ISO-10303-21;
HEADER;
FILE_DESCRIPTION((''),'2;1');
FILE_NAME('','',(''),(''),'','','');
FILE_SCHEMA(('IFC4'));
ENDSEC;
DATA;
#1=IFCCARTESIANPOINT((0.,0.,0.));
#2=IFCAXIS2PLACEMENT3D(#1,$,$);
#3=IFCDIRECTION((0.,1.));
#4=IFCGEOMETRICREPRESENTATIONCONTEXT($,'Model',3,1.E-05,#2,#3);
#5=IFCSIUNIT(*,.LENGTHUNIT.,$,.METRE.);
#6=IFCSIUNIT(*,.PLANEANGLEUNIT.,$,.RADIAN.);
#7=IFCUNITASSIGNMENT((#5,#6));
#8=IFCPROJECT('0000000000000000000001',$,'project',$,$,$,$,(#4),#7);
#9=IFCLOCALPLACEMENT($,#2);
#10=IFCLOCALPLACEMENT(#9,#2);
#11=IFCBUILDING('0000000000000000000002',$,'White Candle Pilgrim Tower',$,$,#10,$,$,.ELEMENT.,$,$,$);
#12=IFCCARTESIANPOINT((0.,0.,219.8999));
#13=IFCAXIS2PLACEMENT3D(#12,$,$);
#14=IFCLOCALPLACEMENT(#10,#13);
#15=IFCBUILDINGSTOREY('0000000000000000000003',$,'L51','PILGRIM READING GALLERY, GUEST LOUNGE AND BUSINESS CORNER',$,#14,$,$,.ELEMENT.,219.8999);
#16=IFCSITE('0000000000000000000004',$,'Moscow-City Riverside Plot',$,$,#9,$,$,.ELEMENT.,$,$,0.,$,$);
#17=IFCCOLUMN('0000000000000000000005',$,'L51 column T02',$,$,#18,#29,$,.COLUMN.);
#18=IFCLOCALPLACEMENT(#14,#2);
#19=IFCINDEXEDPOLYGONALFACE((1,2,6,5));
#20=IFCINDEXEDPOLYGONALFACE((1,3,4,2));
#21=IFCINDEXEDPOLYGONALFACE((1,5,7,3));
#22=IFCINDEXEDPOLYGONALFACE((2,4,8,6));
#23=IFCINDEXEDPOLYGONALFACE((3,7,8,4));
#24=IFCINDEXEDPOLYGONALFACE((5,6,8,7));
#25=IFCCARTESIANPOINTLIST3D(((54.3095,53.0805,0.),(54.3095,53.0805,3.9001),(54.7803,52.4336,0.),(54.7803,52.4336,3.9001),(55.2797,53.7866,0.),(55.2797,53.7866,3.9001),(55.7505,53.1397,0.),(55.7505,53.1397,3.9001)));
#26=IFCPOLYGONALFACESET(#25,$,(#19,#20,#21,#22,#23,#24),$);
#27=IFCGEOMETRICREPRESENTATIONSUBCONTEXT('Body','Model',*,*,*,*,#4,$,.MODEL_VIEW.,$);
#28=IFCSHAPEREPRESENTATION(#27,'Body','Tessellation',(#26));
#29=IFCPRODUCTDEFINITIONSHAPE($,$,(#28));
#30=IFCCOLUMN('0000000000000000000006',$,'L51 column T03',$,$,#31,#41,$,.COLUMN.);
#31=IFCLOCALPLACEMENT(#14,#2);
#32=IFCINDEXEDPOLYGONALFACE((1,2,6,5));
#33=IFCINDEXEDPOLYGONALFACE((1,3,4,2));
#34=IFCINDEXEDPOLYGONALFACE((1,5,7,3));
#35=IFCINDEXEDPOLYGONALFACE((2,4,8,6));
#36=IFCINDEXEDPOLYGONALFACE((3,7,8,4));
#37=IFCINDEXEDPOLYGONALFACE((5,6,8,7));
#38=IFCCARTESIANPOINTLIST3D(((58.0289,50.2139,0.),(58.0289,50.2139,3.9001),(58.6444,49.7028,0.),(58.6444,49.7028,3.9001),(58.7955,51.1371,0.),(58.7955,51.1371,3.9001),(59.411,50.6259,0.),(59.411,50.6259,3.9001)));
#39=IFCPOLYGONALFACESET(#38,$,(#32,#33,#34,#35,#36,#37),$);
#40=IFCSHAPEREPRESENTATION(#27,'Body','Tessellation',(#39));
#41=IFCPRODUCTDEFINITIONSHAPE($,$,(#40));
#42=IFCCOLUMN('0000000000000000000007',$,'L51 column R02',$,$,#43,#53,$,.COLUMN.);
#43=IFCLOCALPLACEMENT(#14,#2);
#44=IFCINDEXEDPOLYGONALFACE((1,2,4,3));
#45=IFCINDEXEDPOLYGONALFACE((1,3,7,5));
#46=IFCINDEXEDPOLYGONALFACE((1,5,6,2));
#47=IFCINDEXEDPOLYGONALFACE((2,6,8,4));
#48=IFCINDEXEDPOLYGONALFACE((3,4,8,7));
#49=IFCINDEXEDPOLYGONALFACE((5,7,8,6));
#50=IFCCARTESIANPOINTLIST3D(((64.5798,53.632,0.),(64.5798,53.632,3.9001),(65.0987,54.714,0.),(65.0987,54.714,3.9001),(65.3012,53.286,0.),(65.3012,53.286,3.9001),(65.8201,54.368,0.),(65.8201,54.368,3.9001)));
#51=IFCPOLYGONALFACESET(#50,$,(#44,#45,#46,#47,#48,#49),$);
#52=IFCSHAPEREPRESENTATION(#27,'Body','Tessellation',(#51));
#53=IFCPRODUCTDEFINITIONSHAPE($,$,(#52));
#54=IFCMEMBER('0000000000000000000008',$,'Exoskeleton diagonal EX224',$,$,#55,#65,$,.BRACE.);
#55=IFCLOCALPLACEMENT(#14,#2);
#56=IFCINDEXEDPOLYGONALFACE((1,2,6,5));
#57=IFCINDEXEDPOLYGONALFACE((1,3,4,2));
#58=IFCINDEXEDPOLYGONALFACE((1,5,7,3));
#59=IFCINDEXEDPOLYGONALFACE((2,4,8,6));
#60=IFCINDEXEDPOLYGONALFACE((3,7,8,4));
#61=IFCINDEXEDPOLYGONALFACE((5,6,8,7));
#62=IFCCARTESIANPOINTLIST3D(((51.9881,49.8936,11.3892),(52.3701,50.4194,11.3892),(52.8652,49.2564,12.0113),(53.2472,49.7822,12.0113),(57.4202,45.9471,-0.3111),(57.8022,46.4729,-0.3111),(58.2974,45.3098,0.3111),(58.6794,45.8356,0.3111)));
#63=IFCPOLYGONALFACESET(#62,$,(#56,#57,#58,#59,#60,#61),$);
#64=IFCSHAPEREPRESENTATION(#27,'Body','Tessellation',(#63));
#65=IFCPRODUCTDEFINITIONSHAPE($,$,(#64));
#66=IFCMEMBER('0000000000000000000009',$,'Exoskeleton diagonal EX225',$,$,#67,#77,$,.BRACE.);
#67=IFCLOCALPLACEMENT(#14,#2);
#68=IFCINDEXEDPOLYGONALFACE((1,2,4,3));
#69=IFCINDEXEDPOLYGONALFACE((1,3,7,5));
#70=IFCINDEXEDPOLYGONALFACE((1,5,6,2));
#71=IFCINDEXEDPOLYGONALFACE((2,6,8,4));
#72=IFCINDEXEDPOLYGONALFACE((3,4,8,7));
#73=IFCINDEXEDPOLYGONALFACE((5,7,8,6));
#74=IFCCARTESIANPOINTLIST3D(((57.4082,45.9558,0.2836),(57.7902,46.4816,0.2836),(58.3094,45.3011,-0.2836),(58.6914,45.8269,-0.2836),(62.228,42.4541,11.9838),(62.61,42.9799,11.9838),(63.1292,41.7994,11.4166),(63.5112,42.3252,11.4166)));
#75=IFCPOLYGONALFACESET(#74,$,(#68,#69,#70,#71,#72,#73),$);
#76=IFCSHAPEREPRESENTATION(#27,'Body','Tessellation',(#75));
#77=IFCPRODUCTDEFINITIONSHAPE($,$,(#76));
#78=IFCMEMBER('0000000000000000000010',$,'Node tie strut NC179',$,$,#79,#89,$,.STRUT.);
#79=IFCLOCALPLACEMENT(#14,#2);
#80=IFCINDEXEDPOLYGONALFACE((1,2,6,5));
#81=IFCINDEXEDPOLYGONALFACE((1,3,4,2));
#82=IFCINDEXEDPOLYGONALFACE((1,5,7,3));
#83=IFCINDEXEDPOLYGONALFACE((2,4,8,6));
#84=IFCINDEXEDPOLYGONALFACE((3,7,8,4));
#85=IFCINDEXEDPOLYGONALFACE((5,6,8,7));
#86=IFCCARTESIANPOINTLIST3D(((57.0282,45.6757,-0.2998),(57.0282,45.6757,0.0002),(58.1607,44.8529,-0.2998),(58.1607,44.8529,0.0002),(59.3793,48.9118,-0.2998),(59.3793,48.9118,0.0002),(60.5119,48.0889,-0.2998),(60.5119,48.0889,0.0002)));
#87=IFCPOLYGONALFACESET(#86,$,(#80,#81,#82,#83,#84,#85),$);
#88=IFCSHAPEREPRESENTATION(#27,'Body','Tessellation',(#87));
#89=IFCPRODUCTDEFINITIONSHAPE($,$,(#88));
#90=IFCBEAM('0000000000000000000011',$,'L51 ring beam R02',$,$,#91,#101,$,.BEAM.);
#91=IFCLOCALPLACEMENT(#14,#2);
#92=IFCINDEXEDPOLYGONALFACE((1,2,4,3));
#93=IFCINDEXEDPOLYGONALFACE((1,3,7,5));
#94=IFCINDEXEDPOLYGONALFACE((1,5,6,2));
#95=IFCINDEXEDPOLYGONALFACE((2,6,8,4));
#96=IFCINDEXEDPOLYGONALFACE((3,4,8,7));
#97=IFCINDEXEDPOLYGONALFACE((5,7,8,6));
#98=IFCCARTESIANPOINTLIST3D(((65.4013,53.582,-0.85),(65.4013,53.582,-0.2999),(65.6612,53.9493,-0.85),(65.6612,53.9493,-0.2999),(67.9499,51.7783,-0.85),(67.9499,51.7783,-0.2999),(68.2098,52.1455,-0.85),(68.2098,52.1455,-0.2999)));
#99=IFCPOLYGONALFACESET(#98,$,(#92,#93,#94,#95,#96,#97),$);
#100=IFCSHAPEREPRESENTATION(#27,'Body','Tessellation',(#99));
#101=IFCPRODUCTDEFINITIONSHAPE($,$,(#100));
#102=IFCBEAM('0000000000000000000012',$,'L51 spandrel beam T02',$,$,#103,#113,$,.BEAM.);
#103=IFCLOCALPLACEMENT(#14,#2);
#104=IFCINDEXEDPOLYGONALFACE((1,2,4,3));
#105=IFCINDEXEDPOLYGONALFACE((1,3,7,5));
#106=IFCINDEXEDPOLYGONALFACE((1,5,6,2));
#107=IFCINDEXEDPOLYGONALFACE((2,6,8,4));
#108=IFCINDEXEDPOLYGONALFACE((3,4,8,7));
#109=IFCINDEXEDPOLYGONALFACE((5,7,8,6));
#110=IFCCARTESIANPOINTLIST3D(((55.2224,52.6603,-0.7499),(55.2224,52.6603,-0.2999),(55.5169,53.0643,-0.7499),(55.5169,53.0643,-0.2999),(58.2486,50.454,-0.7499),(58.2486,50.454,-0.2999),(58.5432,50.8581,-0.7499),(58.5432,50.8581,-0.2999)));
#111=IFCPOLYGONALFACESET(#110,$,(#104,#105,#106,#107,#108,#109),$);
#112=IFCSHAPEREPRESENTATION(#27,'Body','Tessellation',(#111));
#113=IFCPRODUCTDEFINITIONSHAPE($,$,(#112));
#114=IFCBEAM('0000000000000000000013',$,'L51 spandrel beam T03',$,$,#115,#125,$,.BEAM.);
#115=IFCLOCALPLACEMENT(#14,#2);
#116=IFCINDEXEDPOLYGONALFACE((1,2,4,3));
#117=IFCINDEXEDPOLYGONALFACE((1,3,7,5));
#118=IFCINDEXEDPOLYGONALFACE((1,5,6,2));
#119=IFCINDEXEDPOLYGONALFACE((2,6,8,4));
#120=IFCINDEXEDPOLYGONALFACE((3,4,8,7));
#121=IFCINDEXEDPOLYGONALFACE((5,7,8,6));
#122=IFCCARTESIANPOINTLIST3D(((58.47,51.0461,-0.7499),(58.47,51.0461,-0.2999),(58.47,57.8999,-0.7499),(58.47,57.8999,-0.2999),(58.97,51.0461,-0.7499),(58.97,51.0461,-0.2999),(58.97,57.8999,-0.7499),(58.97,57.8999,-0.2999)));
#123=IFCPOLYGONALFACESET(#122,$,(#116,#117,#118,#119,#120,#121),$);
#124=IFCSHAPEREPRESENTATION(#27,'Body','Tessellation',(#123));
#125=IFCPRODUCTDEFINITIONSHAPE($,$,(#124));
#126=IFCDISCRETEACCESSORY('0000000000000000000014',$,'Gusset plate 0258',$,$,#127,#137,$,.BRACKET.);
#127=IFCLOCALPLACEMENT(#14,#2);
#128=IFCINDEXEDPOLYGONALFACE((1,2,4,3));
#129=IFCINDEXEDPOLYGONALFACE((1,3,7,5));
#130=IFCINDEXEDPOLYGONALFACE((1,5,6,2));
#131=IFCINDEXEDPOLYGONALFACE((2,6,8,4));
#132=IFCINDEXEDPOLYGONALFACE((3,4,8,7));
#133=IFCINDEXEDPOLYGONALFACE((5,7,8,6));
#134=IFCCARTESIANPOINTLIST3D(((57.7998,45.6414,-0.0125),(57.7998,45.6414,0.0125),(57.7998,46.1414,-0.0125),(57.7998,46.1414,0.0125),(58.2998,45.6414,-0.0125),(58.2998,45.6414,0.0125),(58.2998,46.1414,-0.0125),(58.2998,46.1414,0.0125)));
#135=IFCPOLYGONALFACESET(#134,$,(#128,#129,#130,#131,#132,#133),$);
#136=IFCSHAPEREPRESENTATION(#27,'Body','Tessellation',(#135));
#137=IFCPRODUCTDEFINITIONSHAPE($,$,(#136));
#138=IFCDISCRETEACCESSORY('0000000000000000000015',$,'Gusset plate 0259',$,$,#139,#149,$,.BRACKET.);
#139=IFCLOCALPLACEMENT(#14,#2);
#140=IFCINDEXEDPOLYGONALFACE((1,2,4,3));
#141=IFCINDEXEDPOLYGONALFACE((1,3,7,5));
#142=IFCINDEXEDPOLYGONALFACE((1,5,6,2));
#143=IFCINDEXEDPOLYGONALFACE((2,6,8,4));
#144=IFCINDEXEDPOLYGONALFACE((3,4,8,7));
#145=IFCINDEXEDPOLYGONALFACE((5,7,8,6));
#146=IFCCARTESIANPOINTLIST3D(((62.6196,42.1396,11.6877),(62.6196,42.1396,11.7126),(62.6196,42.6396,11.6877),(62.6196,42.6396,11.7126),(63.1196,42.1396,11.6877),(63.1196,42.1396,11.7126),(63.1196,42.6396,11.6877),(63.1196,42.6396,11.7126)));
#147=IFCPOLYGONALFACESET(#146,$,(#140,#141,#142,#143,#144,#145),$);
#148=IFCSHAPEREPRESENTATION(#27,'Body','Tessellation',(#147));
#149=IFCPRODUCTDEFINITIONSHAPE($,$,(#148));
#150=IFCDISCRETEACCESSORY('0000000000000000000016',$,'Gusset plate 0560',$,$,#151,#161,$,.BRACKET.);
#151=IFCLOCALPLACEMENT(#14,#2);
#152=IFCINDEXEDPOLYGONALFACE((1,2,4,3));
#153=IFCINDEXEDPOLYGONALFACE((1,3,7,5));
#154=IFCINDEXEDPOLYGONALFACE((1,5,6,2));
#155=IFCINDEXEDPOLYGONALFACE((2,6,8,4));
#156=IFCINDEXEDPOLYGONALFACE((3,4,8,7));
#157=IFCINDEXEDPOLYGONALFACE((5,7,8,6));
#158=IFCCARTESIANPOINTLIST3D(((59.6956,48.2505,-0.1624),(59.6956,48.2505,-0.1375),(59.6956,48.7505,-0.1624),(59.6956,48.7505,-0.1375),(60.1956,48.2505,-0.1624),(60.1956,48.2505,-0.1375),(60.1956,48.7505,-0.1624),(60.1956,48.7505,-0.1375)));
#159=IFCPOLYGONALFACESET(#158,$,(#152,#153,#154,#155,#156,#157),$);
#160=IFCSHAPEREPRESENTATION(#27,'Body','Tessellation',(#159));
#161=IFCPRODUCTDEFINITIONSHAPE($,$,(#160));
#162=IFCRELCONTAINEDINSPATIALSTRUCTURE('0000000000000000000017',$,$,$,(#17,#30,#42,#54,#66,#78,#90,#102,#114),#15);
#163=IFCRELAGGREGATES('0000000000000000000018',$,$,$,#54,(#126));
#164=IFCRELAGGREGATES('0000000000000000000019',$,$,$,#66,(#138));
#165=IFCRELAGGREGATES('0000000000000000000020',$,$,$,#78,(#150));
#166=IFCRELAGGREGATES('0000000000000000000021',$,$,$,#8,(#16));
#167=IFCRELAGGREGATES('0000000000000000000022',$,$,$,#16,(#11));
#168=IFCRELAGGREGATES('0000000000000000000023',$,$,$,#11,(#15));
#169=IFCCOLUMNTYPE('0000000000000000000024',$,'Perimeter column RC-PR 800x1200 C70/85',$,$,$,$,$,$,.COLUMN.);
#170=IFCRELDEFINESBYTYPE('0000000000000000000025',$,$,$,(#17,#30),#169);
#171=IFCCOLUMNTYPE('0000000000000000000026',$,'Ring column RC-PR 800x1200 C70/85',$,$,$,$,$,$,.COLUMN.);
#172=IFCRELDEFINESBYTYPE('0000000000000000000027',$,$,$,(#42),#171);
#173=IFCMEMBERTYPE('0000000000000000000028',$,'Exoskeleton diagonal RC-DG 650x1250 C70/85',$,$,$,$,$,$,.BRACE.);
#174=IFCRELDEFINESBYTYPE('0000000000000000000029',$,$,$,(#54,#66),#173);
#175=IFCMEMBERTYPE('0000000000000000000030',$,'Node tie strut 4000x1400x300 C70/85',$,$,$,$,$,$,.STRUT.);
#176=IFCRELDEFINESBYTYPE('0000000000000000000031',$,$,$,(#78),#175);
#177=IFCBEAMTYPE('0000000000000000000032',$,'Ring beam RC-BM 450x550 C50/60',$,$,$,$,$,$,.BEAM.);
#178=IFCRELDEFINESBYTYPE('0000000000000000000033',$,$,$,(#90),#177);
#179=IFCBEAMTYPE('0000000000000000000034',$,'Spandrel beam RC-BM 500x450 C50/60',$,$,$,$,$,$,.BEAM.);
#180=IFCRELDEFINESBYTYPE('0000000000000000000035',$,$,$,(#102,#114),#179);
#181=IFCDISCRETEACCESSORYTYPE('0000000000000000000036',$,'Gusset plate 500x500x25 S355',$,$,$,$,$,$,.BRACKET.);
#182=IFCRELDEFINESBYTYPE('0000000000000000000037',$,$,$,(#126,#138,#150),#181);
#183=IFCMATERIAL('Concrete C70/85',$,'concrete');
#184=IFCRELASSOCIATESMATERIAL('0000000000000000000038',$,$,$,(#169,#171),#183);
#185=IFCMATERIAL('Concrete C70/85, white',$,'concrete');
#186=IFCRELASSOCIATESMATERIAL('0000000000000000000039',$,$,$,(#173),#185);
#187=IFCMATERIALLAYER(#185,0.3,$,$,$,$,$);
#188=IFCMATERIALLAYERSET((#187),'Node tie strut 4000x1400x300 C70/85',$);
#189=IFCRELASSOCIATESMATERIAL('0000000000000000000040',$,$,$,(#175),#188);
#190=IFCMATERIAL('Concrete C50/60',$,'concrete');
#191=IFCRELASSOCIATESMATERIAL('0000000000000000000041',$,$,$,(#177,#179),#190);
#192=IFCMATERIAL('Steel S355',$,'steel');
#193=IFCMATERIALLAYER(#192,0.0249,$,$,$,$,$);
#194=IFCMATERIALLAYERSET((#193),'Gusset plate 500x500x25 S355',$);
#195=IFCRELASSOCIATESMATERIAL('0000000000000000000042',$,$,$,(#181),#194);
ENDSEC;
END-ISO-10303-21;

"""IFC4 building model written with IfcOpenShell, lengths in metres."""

from ifc_helpers import new_model, si_unit, direction, frame, origin, origin_2d, place, context, subcontext, project, spatial, rectangle, extrude, material, layer, layer_set, material_profile, profile_set, type_object, element, aggregate, save


model = new_model("IFC4")

# Units and contexts
model_context = context("Model", 3, precision=1e-05, world=origin(), true_north=direction((0.0, 1.0)))
body_context = subcontext(model_context, "Body", "Model", "MODEL_VIEW")
ifc_project = project(units=[si_unit("LENGTHUNIT", "METRE"), si_unit("PLANEANGLEUNIT", "RADIAN")], contexts=[model_context])

# Site, building, storey
site_placement = place(None, origin())
site = spatial("IfcSite", under=ifc_project, at=site_placement, Name="Moscow-City Riverside Plot", CompositionType="ELEMENT", RefElevation=0.0)
building_placement = place(site_placement, origin())
building = spatial("IfcBuilding", under=site, at=building_placement, Name="White Candle Pilgrim Tower", CompositionType="ELEMENT")
storey_placement = place(building_placement, frame((0.0, 0.0, 219.8999)))
storey = spatial("IfcBuildingStorey", under=building, at=storey_placement, Name="L51", Description="PILGRIM READING GALLERY, GUEST LOUNGE AND BUSINESS CORNER", CompositionType="ELEMENT", Elevation=219.8999)

# Columns
ifc_material_1 = material(Name="Concrete C70/85", Category="concrete")
ifc_material_profile_1 = material_profile(ifc_material_1, rectangle(XDim=0.8, YDim=1.2, at=origin_2d()), Name="RC-PR 800x1200")
ifc_profile_set_1 = profile_set([ifc_material_profile_1], Name="Concrete C70/85")
column_type_1 = type_object("IfcColumnType", Name="Perimeter column RC-PR 800x1200 C70/85", PredefinedType="COLUMN", material=ifc_profile_set_1)
for number, where, z_axis, x_axis, name in (
    (1, (55.03, 53.1101, 0.0), (0.0, 0.0, 1.0), (-0.588463, 0.808524, 0.0), "L51 column T02"),
    (2, (58.72, 50.4199, 0.0), (0.0, 0.0, 1.0), (-0.76931, 0.638875, 0.0), "L51 column T03"),
):
    element("IfcColumn", number, at=place(storey_placement, frame(where, z_axis=z_axis, x_axis=x_axis)), inside=storey, type_object=column_type_1, Name=name, PredefinedType="COLUMN", context=body_context, shape_type="SweptSolid", body=[
        extrude(rectangle(XDim=0.8, YDim=1.2, at=origin_2d()), origin(), (0.0, 0.0, 1.0), 3.9001),
    ])
ifc_material_profile_2 = material_profile(ifc_material_1, rectangle(XDim=0.8, YDim=1.2, at=origin_2d()), Name="RC-PR 800x1200")
ifc_profile_set_2 = profile_set([ifc_material_profile_2], Name="Concrete C70/85")
column_type_2 = type_object("IfcColumnType", Name="Ring column RC-PR 800x1200 C70/85", PredefinedType="COLUMN", material=ifc_profile_set_2)
column_placement = place(storey_placement, frame((65.2, 54.0, 0.0), z_axis=(0.0, 0.0, 1.0), x_axis=(-0.901689, 0.432385, 0.0)))
element("IfcColumn", 3, at=column_placement, inside=storey, type_object=column_type_2, Name="L51 column R02", PredefinedType="COLUMN", context=body_context, shape_type="SweptSolid", body=[
    extrude(rectangle(XDim=0.8, YDim=1.2, at=origin_2d()), origin(), (0.0, 0.0, 1.0), 3.9001),
])

# Members
ifc_material_2 = material(Name="Concrete C70/85, white", Category="concrete")
ifc_material_profile_3 = material_profile(ifc_material_2, rectangle(XDim=0.6499, YDim=1.25, at=origin_2d()), Name="RC-DG 650x1250")
ifc_profile_set_3 = profile_set([ifc_material_profile_3], Name="Concrete C70/85, white")
member_type_1 = type_object("IfcMemberType", Name="Exoskeleton diagonal RC-DG 650x1250 C70/85", PredefinedType="BRACE", material=ifc_profile_set_3)
member_1_placement = place(storey_placement, frame((58.0498, 45.8914, 0.0), z_axis=(-0.402681, 0.292554, 0.867329), x_axis=(-0.587772, -0.809027, 0.0)))
member_1 = element("IfcMember", 4, at=member_1_placement, inside=storey, type_object=member_type_1, Name="Exoskeleton diagonal EX224", PredefinedType="BRACE", context=body_context, shape_type="SweptSolid", body=[
    extrude(rectangle(XDim=0.6499, YDim=1.25, at=origin_2d()), origin(), (0.0, 0.0, 1.0), 13.49),
])
member_2_placement = place(storey_placement, frame((58.0498, 45.8914, 0.0), z_axis=(0.367095, -0.266703, 0.891129), x_axis=(0.587774, 0.809025, 0.0)))
member_2 = element("IfcMember", 5, at=member_2_placement, inside=storey, type_object=member_type_1, Name="Exoskeleton diagonal EX225", PredefinedType="BRACE", context=body_context, shape_type="SweptSolid", body=[
    extrude(rectangle(XDim=0.6499, YDim=1.25, at=origin_2d()), origin(), (0.0, 0.0, 1.0), 13.1296),
])
ifc_layer_1 = layer(ifc_material_2, 0.3)
ifc_layer_set_1 = layer_set([ifc_layer_1], Name="Node tie strut 4000x1400x300 C70/85")
member_type_2 = type_object("IfcMemberType", Name="Node tie strut 4000x1400x300 C70/85", PredefinedType="STRUT", material=ifc_layer_set_1)
member_3_placement = place(storey_placement, frame((58.77, 46.8823, -0.2998), z_axis=(0.0, 0.0, 1.0), x_axis=(0.809017, -0.587785, 0.0)))
member_3 = element("IfcMember", 6, at=member_3_placement, inside=storey, type_object=member_type_2, Name="Node tie strut NC179", PredefinedType="STRUT", context=body_context, shape_type="SweptSolid", body=[
    extrude(rectangle(XDim=1.3999, YDim=4.0, at=origin_2d()), origin(), (0.0, 0.0, 1.0), 0.3),
])

# Beams
ifc_material_3 = material(Name="Concrete C50/60", Category="concrete")
ifc_material_profile_4 = material_profile(ifc_material_3, rectangle(XDim=0.45, YDim=0.55, at=origin_2d()), Name="RC-BM 450x550")
ifc_profile_set_4 = profile_set([ifc_material_profile_4], Name="Concrete C50/60")
beam_type_1 = type_object("IfcBeamType", Name="Ring beam RC-BM 450x550 C50/60", PredefinedType="BEAM", material=ifc_profile_set_4)
beam_1_placement = place(storey_placement, frame((65.5312, 53.7656, -0.575), z_axis=(0.816256, -0.57769, 0.0), x_axis=(0.57769, 0.816256, 0.0)))
element("IfcBeam", 7, at=beam_1_placement, inside=storey, type_object=beam_type_1, Name="L51 ring beam R02", PredefinedType="BEAM", context=body_context, shape_type="SweptSolid", body=[
    extrude(rectangle(XDim=0.45, YDim=0.55, at=origin_2d()), origin(), (0.0, 0.0, 1.0), 3.1223),
])
ifc_material_profile_5 = material_profile(ifc_material_3, rectangle(XDim=0.5, YDim=0.45, at=origin_2d()), Name="RC-BM 500x450")
ifc_profile_set_5 = profile_set([ifc_material_profile_5], Name="Concrete C50/60")
beam_type_2 = type_object("IfcBeamType", Name="Spandrel beam RC-BM 500x450 C50/60", PredefinedType="BEAM", material=ifc_profile_set_5)
beam_2_placement = place(storey_placement, frame((55.3696, 52.8623, -0.5249), z_axis=(0.808062, -0.589098, 0.0), x_axis=(0.589098, 0.808062, 0.0)))
element("IfcBeam", 8, at=beam_2_placement, inside=storey, type_object=beam_type_2, Name="L51 spandrel beam T02", PredefinedType="BEAM", context=body_context, shape_type="SweptSolid", body=[
    extrude(rectangle(XDim=0.5, YDim=0.45, at=origin_2d()), origin(), (0.0, 0.0, 1.0), 3.7451),
])
beam_3_placement = place(storey_placement, frame((58.72, 51.0461, -0.5249), z_axis=(0.0, 1.0, 0.0), x_axis=(-1.0, 0.0, 0.0)))
element("IfcBeam", 9, at=beam_3_placement, inside=storey, type_object=beam_type_2, Name="L51 spandrel beam T03", PredefinedType="BEAM", context=body_context, shape_type="SweptSolid", body=[
    extrude(rectangle(XDim=0.5, YDim=0.45, at=origin_2d()), origin(), (0.0, 0.0, 1.0), 6.8538),
])

# Discrete accessories
ifc_material_4 = material(Name="Steel S355", Category="steel")
ifc_layer_2 = layer(ifc_material_4, 0.0249)
ifc_layer_set_2 = layer_set([ifc_layer_2], Name="Gusset plate 500x500x25 S355")
discrete_accessory_type = type_object("IfcDiscreteAccessoryType", Name="Gusset plate 500x500x25 S355", PredefinedType="BRACKET", material=ifc_layer_set_2)
discrete_accessory_1_placement = place(storey_placement, frame((58.0498, 45.8914, -0.0125), z_axis=(0.0, 0.0, 1.0), x_axis=(1.0, 0.0, 0.0)))
discrete_accessory_1 = element("IfcDiscreteAccessory", 10, at=discrete_accessory_1_placement, type_object=discrete_accessory_type, Name="Gusset plate 0258", PredefinedType="BRACKET", context=body_context, shape_type="SweptSolid", body=[
    extrude(rectangle(XDim=0.5, YDim=0.5, at=origin_2d()), origin(), (0.0, 0.0, 1.0), 0.0249),
])
aggregate(member_1, [discrete_accessory_1])
placement = place(building_placement, frame((0.0, 0.0, 231.6001)))
discrete_accessory_2_placement = place(placement, frame((62.8696, 42.3896, -0.0125), z_axis=(0.0, 0.0, 1.0), x_axis=(1.0, 0.0, 0.0)))
discrete_accessory_2 = element("IfcDiscreteAccessory", 11, at=discrete_accessory_2_placement, type_object=discrete_accessory_type, Name="Gusset plate 0259", PredefinedType="BRACKET", context=body_context, shape_type="SweptSolid", body=[
    extrude(rectangle(XDim=0.5, YDim=0.5, at=origin_2d()), origin(), (0.0, 0.0, 1.0), 0.0249),
])
aggregate(member_2, [discrete_accessory_2])
discrete_accessory_3_placement = place(storey_placement, frame((59.9456, 48.5005, -0.1624), z_axis=(0.0, 0.0, 1.0), x_axis=(1.0, 0.0, 0.0)))
discrete_accessory_3 = element("IfcDiscreteAccessory", 12, at=discrete_accessory_3_placement, type_object=discrete_accessory_type, Name="Gusset plate 0560", PredefinedType="BRACKET", context=body_context, shape_type="SweptSolid", body=[
    extrude(rectangle(XDim=0.5, YDim=0.5, at=origin_2d()), origin(), (0.0, 0.0, 1.0), 0.0249),
])
aggregate(member_3, [discrete_accessory_3])

save(model, "model.ifc")
